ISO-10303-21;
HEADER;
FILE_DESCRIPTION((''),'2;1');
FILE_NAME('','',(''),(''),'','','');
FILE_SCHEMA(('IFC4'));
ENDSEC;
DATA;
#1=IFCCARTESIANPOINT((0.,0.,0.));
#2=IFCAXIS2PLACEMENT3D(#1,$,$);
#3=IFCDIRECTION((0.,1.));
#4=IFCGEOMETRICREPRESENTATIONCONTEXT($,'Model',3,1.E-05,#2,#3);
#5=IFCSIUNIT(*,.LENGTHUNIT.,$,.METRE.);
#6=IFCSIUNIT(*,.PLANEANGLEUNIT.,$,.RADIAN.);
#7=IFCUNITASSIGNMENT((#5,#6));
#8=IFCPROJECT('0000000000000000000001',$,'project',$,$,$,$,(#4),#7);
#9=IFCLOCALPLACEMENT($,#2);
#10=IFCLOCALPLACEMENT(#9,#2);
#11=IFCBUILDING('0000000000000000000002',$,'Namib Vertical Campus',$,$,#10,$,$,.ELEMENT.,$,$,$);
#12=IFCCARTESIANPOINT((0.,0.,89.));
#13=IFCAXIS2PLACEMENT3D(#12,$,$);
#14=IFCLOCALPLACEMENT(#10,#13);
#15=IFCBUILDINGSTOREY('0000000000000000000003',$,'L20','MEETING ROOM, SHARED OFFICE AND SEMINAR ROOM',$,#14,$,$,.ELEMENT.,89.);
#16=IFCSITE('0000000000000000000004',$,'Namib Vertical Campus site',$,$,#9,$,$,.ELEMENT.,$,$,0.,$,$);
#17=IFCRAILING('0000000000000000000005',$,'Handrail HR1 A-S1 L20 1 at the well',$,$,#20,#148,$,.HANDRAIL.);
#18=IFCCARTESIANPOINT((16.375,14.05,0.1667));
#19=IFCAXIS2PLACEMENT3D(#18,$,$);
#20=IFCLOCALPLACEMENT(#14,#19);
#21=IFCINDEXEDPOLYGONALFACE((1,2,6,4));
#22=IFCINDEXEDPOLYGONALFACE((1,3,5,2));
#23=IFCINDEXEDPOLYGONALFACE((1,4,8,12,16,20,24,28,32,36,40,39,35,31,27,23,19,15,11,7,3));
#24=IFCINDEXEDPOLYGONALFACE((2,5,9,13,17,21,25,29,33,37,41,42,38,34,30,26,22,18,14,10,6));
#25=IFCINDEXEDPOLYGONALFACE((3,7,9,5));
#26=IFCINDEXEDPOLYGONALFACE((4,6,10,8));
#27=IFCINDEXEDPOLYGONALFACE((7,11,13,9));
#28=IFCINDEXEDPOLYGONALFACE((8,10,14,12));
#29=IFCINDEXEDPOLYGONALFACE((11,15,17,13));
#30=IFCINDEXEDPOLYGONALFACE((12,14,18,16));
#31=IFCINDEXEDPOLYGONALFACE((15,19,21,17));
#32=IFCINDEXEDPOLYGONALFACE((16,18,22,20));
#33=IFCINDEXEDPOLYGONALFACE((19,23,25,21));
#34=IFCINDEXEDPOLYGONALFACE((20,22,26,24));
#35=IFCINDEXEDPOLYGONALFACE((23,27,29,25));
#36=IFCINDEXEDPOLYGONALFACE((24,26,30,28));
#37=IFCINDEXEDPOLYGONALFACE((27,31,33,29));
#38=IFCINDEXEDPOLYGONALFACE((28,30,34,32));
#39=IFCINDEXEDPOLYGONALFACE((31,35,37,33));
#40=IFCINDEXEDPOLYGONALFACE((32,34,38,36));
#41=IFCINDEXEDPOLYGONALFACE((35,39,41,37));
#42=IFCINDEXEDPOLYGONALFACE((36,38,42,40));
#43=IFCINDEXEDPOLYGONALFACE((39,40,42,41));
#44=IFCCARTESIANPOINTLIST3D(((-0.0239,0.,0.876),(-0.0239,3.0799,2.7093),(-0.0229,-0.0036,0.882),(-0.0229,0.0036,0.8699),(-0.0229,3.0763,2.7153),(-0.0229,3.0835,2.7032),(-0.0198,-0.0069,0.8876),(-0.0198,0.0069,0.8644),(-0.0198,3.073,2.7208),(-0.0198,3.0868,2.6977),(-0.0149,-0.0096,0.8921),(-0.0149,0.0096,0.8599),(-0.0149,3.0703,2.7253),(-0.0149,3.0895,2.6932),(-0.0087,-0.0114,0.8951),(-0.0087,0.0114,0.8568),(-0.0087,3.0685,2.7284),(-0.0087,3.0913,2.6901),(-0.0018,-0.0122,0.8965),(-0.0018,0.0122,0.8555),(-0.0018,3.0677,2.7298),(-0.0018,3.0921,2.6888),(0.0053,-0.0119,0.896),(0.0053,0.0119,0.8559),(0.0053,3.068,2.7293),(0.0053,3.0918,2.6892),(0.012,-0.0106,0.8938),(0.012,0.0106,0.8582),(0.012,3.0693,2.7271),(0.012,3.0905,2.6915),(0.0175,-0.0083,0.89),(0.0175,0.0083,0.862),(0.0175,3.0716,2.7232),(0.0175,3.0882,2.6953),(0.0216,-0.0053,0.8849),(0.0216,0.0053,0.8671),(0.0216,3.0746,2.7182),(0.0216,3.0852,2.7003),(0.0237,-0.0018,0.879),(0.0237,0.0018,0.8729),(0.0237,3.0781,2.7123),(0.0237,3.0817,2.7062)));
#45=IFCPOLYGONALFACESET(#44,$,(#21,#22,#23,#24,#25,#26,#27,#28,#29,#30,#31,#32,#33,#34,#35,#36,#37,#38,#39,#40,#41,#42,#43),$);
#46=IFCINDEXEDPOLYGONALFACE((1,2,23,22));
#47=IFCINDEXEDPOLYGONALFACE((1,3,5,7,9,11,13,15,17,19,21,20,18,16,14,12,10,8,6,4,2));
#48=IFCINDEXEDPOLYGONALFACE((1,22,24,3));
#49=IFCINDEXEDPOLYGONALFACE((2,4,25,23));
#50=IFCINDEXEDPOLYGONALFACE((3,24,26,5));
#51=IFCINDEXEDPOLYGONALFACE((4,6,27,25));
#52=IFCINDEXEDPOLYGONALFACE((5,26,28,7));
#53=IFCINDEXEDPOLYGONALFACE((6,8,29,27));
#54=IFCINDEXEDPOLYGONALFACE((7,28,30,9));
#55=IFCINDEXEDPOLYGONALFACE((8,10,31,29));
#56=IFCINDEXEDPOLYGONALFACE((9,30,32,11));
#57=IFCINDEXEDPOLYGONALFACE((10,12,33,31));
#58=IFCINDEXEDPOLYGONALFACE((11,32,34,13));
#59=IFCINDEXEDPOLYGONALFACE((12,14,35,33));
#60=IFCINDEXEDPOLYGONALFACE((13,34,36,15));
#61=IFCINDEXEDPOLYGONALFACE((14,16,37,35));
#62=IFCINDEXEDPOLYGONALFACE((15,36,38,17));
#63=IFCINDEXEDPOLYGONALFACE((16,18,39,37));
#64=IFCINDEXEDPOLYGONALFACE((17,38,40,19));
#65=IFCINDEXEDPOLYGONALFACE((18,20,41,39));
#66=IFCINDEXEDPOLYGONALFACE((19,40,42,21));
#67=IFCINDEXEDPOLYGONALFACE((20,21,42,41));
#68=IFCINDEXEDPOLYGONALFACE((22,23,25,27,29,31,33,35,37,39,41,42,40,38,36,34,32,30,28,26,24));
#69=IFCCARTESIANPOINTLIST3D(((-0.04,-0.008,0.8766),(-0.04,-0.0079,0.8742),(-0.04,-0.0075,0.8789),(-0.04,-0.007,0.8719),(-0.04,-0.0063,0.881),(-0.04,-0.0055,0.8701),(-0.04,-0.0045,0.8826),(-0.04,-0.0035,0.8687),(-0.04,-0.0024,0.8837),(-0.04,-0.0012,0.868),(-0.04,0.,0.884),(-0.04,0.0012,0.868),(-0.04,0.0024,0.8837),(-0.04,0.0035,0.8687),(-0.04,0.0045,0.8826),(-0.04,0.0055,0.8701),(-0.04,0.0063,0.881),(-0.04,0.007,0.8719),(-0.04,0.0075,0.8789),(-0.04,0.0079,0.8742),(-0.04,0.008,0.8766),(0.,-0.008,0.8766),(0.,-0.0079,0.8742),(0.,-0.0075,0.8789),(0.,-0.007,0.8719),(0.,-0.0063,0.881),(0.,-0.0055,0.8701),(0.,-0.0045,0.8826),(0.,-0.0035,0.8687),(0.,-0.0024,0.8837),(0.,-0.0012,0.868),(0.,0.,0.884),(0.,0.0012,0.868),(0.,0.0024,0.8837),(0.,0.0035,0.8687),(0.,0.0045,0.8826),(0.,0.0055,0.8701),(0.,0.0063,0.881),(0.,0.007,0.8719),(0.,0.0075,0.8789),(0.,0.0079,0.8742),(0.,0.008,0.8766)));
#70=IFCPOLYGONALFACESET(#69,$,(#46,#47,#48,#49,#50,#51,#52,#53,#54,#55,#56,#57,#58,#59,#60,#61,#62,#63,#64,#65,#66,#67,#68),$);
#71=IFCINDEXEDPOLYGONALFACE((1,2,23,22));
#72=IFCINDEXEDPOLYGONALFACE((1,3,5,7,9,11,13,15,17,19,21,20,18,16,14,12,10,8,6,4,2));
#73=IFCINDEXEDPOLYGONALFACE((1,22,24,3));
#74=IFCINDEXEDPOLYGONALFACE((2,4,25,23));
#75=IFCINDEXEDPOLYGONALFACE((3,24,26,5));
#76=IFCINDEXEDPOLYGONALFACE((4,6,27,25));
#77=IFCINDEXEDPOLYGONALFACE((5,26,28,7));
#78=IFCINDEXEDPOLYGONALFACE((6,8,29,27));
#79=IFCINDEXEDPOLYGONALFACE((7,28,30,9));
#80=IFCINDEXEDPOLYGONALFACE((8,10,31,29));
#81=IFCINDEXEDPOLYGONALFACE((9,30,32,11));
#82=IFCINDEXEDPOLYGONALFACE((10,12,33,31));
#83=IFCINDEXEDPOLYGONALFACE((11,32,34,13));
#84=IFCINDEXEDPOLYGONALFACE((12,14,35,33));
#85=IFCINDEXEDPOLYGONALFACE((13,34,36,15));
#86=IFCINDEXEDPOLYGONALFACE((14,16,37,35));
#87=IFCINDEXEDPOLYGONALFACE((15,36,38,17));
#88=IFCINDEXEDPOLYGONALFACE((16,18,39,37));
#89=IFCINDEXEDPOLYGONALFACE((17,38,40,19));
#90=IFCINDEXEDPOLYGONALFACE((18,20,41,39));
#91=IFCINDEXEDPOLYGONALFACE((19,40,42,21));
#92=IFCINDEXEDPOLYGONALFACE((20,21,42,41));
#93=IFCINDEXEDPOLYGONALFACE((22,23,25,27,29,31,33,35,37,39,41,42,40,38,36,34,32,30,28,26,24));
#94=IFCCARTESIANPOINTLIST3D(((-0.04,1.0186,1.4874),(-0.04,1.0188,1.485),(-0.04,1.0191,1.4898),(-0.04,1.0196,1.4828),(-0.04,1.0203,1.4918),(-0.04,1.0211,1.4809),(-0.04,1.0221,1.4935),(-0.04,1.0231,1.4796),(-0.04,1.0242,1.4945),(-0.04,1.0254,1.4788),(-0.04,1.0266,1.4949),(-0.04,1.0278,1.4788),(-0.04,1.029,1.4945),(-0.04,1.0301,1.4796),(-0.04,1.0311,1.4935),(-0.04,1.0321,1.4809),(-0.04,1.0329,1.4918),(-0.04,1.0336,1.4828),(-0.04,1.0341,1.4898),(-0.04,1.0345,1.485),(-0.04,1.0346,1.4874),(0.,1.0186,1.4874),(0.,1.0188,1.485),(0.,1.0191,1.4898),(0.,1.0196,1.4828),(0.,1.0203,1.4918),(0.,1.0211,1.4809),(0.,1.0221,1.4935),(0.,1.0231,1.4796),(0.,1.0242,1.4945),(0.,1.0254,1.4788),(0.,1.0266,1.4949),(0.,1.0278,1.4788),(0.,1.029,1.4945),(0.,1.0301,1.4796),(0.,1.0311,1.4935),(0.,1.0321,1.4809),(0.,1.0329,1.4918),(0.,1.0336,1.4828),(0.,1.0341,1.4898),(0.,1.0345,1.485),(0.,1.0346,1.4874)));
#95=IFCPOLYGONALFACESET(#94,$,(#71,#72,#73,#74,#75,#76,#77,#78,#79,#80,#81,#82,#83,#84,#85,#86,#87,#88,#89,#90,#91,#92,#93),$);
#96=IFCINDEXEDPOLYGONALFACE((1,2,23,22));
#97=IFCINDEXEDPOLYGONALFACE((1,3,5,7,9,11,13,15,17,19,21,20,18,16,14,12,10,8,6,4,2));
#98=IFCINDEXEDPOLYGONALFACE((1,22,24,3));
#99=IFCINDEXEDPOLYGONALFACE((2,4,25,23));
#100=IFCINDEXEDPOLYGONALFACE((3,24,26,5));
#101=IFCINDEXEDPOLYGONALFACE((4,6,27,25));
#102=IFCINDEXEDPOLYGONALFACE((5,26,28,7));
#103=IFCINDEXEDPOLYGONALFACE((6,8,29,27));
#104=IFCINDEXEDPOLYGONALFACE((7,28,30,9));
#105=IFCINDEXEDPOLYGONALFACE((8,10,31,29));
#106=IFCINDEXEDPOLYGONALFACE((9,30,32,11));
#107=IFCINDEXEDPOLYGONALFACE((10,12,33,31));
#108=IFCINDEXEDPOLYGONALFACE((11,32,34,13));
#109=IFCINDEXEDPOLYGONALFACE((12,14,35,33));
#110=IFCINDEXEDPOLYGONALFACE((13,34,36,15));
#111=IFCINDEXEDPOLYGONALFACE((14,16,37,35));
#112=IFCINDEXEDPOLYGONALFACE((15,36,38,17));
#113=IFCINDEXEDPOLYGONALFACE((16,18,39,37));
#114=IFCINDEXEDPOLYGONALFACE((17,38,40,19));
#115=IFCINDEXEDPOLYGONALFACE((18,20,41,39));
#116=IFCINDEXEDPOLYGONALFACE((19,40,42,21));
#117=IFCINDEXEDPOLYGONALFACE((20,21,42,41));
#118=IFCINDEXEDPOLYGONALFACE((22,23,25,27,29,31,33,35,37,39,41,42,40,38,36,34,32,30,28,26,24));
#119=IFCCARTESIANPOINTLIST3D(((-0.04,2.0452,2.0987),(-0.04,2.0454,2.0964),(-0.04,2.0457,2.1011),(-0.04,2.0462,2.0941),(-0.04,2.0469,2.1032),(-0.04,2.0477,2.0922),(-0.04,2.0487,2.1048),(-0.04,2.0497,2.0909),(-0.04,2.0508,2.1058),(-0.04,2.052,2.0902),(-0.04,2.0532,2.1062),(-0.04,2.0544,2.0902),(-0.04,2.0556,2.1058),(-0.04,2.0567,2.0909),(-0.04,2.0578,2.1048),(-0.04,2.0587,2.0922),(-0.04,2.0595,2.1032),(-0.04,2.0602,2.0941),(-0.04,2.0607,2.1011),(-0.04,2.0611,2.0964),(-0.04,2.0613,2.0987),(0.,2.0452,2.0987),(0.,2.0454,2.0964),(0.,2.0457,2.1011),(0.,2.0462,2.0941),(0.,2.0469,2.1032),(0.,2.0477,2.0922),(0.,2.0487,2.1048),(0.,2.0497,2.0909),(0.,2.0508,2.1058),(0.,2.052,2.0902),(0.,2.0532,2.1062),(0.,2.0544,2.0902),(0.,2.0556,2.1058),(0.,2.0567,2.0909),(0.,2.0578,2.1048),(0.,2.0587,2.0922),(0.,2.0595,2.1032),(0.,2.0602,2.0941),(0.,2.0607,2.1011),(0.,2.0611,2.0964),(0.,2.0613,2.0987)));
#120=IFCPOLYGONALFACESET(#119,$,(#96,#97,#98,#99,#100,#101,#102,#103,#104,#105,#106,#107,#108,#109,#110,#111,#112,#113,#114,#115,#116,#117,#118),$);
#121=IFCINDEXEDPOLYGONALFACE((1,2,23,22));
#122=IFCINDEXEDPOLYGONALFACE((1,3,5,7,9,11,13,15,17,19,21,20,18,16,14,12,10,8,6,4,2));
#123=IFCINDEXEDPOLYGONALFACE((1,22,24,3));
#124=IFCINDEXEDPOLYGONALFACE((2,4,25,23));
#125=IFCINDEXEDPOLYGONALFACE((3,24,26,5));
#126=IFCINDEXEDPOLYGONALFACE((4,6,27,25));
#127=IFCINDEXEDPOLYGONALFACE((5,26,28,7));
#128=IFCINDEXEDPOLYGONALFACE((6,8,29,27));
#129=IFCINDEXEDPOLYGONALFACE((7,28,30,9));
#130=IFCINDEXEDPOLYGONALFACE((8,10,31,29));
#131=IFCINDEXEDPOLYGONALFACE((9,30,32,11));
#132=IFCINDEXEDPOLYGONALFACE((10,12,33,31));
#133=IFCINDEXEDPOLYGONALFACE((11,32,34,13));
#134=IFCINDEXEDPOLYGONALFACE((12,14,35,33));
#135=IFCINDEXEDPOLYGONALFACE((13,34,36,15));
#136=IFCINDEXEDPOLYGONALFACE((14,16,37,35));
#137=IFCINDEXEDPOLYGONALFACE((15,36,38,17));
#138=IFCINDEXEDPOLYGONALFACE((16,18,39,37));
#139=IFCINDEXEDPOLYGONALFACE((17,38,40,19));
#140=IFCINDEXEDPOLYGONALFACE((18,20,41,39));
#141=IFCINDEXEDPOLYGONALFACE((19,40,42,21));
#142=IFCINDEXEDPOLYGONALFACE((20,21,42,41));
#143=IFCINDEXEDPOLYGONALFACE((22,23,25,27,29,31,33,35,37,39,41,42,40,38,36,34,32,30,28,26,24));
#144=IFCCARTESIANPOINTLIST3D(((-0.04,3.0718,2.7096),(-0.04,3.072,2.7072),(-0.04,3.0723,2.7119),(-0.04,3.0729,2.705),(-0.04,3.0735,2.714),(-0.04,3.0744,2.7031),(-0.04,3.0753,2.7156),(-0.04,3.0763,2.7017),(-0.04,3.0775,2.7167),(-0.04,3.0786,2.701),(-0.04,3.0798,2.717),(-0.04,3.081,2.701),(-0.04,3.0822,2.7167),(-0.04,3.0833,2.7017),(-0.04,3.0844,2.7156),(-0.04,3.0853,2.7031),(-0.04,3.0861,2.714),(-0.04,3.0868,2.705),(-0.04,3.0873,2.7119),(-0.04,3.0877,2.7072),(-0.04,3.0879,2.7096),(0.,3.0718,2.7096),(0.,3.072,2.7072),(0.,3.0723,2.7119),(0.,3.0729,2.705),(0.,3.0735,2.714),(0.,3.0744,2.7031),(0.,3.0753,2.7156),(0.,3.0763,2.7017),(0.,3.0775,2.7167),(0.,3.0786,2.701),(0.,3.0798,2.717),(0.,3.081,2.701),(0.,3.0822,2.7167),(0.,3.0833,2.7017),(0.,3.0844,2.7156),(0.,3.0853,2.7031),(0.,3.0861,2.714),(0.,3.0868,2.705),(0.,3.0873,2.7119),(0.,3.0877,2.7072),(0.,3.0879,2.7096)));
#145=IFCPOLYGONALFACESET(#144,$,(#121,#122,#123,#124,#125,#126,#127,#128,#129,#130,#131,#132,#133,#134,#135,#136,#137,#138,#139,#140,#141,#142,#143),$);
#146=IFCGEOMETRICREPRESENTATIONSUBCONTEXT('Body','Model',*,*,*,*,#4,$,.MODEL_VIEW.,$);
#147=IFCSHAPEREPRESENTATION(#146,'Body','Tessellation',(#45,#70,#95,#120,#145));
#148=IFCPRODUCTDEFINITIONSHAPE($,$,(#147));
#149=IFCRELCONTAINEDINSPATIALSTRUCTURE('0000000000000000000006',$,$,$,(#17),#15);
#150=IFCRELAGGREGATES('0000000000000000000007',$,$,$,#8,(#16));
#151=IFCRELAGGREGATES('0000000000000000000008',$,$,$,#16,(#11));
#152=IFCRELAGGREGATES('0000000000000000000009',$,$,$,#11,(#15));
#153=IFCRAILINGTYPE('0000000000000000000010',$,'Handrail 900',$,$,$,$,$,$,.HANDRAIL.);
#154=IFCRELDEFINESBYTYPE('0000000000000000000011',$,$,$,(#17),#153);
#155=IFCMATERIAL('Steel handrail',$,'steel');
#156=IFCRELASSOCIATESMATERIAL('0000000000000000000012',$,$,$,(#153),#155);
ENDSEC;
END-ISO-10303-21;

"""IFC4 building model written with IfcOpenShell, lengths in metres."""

from ifc_helpers import new_model, si_unit, direction, frame, origin, origin_2d, place, context, subcontext, project, spatial, circle, extrude, material, type_object, element, save


model = new_model("IFC4")

# Units and contexts
model_context = context("Model", 3, precision=1e-05, world=origin(), true_north=direction((0.0, 1.0)))
body_context = subcontext(model_context, "Body", "Model", "MODEL_VIEW")
ifc_project = project(units=[si_unit("LENGTHUNIT", "METRE"), si_unit("PLANEANGLEUNIT", "RADIAN")], contexts=[model_context])

# Site, building, storey
site_placement = place(None, origin())
site = spatial("IfcSite", under=ifc_project, at=site_placement, Name="Namib Vertical Campus site", CompositionType="ELEMENT", RefElevation=0.0)
building_placement = place(site_placement, origin())
building = spatial("IfcBuilding", under=site, at=building_placement, Name="Namib Vertical Campus", CompositionType="ELEMENT")
storey_placement = place(building_placement, frame((0.0, 0.0, 89.0)))
storey = spatial("IfcBuildingStorey", under=building, at=storey_placement, Name="L20", Description="MEETING ROOM, SHARED OFFICE AND SEMINAR ROOM", CompositionType="ELEMENT", Elevation=89.0)

# Railing
ifc_material_1 = material(Name="Steel handrail", Category="steel")
railing_type_1 = type_object("IfcRailingType", Name="Handrail 900", PredefinedType="HANDRAIL", material=ifc_material_1)
railing_1_placement = place(storey_placement, frame((16.375, 14.05, 0.1667)))
element("IfcRailing", 1, at=railing_1_placement, inside=storey, type_object=railing_type_1, Name="Handrail HR1 A-S1 L20 1 at the well", PredefinedType="HANDRAIL", context=body_context, shape_type="SweptSolid", body=[
    extrude(circle(Radius=0.0239, at=origin_2d()), frame((0.0, 0.0, 0.876), z_axis=(0.0, 0.859291, 0.511487), x_axis=(-1.0, 0.0, 0.0)), (0.0, 0.0, 1.0), 3.5842),
    extrude(circle(Radius=0.0081, at=origin_2d()), frame((0.0, 0.0, 0.876), z_axis=(-1.0, 0.0, 0.0), x_axis=(0.0, 0.0, 1.0)), (0.0, 0.0, 1.0), 0.04),
    extrude(circle(Radius=0.0081, at=origin_2d()), frame((0.0, 1.0266, 1.4868), z_axis=(-1.0, 0.0, 0.0), x_axis=(0.0, 0.0, 1.0)), (0.0, 0.0, 1.0), 0.04),
    extrude(circle(Radius=0.0081, at=origin_2d()), frame((0.0, 2.0532, 2.0981), z_axis=(-1.0, 0.0, 0.0), x_axis=(0.0, 0.0, 1.0)), (0.0, 0.0, 1.0), 0.04),
    extrude(circle(Radius=0.0081, at=origin_2d()), frame((0.0, 3.0798, 2.709), z_axis=(-1.0, 0.0, 0.0), x_axis=(0.0, 0.0, 1.0)), (0.0, 0.0, 1.0), 0.04),
])

save(model, "model.ifc")
